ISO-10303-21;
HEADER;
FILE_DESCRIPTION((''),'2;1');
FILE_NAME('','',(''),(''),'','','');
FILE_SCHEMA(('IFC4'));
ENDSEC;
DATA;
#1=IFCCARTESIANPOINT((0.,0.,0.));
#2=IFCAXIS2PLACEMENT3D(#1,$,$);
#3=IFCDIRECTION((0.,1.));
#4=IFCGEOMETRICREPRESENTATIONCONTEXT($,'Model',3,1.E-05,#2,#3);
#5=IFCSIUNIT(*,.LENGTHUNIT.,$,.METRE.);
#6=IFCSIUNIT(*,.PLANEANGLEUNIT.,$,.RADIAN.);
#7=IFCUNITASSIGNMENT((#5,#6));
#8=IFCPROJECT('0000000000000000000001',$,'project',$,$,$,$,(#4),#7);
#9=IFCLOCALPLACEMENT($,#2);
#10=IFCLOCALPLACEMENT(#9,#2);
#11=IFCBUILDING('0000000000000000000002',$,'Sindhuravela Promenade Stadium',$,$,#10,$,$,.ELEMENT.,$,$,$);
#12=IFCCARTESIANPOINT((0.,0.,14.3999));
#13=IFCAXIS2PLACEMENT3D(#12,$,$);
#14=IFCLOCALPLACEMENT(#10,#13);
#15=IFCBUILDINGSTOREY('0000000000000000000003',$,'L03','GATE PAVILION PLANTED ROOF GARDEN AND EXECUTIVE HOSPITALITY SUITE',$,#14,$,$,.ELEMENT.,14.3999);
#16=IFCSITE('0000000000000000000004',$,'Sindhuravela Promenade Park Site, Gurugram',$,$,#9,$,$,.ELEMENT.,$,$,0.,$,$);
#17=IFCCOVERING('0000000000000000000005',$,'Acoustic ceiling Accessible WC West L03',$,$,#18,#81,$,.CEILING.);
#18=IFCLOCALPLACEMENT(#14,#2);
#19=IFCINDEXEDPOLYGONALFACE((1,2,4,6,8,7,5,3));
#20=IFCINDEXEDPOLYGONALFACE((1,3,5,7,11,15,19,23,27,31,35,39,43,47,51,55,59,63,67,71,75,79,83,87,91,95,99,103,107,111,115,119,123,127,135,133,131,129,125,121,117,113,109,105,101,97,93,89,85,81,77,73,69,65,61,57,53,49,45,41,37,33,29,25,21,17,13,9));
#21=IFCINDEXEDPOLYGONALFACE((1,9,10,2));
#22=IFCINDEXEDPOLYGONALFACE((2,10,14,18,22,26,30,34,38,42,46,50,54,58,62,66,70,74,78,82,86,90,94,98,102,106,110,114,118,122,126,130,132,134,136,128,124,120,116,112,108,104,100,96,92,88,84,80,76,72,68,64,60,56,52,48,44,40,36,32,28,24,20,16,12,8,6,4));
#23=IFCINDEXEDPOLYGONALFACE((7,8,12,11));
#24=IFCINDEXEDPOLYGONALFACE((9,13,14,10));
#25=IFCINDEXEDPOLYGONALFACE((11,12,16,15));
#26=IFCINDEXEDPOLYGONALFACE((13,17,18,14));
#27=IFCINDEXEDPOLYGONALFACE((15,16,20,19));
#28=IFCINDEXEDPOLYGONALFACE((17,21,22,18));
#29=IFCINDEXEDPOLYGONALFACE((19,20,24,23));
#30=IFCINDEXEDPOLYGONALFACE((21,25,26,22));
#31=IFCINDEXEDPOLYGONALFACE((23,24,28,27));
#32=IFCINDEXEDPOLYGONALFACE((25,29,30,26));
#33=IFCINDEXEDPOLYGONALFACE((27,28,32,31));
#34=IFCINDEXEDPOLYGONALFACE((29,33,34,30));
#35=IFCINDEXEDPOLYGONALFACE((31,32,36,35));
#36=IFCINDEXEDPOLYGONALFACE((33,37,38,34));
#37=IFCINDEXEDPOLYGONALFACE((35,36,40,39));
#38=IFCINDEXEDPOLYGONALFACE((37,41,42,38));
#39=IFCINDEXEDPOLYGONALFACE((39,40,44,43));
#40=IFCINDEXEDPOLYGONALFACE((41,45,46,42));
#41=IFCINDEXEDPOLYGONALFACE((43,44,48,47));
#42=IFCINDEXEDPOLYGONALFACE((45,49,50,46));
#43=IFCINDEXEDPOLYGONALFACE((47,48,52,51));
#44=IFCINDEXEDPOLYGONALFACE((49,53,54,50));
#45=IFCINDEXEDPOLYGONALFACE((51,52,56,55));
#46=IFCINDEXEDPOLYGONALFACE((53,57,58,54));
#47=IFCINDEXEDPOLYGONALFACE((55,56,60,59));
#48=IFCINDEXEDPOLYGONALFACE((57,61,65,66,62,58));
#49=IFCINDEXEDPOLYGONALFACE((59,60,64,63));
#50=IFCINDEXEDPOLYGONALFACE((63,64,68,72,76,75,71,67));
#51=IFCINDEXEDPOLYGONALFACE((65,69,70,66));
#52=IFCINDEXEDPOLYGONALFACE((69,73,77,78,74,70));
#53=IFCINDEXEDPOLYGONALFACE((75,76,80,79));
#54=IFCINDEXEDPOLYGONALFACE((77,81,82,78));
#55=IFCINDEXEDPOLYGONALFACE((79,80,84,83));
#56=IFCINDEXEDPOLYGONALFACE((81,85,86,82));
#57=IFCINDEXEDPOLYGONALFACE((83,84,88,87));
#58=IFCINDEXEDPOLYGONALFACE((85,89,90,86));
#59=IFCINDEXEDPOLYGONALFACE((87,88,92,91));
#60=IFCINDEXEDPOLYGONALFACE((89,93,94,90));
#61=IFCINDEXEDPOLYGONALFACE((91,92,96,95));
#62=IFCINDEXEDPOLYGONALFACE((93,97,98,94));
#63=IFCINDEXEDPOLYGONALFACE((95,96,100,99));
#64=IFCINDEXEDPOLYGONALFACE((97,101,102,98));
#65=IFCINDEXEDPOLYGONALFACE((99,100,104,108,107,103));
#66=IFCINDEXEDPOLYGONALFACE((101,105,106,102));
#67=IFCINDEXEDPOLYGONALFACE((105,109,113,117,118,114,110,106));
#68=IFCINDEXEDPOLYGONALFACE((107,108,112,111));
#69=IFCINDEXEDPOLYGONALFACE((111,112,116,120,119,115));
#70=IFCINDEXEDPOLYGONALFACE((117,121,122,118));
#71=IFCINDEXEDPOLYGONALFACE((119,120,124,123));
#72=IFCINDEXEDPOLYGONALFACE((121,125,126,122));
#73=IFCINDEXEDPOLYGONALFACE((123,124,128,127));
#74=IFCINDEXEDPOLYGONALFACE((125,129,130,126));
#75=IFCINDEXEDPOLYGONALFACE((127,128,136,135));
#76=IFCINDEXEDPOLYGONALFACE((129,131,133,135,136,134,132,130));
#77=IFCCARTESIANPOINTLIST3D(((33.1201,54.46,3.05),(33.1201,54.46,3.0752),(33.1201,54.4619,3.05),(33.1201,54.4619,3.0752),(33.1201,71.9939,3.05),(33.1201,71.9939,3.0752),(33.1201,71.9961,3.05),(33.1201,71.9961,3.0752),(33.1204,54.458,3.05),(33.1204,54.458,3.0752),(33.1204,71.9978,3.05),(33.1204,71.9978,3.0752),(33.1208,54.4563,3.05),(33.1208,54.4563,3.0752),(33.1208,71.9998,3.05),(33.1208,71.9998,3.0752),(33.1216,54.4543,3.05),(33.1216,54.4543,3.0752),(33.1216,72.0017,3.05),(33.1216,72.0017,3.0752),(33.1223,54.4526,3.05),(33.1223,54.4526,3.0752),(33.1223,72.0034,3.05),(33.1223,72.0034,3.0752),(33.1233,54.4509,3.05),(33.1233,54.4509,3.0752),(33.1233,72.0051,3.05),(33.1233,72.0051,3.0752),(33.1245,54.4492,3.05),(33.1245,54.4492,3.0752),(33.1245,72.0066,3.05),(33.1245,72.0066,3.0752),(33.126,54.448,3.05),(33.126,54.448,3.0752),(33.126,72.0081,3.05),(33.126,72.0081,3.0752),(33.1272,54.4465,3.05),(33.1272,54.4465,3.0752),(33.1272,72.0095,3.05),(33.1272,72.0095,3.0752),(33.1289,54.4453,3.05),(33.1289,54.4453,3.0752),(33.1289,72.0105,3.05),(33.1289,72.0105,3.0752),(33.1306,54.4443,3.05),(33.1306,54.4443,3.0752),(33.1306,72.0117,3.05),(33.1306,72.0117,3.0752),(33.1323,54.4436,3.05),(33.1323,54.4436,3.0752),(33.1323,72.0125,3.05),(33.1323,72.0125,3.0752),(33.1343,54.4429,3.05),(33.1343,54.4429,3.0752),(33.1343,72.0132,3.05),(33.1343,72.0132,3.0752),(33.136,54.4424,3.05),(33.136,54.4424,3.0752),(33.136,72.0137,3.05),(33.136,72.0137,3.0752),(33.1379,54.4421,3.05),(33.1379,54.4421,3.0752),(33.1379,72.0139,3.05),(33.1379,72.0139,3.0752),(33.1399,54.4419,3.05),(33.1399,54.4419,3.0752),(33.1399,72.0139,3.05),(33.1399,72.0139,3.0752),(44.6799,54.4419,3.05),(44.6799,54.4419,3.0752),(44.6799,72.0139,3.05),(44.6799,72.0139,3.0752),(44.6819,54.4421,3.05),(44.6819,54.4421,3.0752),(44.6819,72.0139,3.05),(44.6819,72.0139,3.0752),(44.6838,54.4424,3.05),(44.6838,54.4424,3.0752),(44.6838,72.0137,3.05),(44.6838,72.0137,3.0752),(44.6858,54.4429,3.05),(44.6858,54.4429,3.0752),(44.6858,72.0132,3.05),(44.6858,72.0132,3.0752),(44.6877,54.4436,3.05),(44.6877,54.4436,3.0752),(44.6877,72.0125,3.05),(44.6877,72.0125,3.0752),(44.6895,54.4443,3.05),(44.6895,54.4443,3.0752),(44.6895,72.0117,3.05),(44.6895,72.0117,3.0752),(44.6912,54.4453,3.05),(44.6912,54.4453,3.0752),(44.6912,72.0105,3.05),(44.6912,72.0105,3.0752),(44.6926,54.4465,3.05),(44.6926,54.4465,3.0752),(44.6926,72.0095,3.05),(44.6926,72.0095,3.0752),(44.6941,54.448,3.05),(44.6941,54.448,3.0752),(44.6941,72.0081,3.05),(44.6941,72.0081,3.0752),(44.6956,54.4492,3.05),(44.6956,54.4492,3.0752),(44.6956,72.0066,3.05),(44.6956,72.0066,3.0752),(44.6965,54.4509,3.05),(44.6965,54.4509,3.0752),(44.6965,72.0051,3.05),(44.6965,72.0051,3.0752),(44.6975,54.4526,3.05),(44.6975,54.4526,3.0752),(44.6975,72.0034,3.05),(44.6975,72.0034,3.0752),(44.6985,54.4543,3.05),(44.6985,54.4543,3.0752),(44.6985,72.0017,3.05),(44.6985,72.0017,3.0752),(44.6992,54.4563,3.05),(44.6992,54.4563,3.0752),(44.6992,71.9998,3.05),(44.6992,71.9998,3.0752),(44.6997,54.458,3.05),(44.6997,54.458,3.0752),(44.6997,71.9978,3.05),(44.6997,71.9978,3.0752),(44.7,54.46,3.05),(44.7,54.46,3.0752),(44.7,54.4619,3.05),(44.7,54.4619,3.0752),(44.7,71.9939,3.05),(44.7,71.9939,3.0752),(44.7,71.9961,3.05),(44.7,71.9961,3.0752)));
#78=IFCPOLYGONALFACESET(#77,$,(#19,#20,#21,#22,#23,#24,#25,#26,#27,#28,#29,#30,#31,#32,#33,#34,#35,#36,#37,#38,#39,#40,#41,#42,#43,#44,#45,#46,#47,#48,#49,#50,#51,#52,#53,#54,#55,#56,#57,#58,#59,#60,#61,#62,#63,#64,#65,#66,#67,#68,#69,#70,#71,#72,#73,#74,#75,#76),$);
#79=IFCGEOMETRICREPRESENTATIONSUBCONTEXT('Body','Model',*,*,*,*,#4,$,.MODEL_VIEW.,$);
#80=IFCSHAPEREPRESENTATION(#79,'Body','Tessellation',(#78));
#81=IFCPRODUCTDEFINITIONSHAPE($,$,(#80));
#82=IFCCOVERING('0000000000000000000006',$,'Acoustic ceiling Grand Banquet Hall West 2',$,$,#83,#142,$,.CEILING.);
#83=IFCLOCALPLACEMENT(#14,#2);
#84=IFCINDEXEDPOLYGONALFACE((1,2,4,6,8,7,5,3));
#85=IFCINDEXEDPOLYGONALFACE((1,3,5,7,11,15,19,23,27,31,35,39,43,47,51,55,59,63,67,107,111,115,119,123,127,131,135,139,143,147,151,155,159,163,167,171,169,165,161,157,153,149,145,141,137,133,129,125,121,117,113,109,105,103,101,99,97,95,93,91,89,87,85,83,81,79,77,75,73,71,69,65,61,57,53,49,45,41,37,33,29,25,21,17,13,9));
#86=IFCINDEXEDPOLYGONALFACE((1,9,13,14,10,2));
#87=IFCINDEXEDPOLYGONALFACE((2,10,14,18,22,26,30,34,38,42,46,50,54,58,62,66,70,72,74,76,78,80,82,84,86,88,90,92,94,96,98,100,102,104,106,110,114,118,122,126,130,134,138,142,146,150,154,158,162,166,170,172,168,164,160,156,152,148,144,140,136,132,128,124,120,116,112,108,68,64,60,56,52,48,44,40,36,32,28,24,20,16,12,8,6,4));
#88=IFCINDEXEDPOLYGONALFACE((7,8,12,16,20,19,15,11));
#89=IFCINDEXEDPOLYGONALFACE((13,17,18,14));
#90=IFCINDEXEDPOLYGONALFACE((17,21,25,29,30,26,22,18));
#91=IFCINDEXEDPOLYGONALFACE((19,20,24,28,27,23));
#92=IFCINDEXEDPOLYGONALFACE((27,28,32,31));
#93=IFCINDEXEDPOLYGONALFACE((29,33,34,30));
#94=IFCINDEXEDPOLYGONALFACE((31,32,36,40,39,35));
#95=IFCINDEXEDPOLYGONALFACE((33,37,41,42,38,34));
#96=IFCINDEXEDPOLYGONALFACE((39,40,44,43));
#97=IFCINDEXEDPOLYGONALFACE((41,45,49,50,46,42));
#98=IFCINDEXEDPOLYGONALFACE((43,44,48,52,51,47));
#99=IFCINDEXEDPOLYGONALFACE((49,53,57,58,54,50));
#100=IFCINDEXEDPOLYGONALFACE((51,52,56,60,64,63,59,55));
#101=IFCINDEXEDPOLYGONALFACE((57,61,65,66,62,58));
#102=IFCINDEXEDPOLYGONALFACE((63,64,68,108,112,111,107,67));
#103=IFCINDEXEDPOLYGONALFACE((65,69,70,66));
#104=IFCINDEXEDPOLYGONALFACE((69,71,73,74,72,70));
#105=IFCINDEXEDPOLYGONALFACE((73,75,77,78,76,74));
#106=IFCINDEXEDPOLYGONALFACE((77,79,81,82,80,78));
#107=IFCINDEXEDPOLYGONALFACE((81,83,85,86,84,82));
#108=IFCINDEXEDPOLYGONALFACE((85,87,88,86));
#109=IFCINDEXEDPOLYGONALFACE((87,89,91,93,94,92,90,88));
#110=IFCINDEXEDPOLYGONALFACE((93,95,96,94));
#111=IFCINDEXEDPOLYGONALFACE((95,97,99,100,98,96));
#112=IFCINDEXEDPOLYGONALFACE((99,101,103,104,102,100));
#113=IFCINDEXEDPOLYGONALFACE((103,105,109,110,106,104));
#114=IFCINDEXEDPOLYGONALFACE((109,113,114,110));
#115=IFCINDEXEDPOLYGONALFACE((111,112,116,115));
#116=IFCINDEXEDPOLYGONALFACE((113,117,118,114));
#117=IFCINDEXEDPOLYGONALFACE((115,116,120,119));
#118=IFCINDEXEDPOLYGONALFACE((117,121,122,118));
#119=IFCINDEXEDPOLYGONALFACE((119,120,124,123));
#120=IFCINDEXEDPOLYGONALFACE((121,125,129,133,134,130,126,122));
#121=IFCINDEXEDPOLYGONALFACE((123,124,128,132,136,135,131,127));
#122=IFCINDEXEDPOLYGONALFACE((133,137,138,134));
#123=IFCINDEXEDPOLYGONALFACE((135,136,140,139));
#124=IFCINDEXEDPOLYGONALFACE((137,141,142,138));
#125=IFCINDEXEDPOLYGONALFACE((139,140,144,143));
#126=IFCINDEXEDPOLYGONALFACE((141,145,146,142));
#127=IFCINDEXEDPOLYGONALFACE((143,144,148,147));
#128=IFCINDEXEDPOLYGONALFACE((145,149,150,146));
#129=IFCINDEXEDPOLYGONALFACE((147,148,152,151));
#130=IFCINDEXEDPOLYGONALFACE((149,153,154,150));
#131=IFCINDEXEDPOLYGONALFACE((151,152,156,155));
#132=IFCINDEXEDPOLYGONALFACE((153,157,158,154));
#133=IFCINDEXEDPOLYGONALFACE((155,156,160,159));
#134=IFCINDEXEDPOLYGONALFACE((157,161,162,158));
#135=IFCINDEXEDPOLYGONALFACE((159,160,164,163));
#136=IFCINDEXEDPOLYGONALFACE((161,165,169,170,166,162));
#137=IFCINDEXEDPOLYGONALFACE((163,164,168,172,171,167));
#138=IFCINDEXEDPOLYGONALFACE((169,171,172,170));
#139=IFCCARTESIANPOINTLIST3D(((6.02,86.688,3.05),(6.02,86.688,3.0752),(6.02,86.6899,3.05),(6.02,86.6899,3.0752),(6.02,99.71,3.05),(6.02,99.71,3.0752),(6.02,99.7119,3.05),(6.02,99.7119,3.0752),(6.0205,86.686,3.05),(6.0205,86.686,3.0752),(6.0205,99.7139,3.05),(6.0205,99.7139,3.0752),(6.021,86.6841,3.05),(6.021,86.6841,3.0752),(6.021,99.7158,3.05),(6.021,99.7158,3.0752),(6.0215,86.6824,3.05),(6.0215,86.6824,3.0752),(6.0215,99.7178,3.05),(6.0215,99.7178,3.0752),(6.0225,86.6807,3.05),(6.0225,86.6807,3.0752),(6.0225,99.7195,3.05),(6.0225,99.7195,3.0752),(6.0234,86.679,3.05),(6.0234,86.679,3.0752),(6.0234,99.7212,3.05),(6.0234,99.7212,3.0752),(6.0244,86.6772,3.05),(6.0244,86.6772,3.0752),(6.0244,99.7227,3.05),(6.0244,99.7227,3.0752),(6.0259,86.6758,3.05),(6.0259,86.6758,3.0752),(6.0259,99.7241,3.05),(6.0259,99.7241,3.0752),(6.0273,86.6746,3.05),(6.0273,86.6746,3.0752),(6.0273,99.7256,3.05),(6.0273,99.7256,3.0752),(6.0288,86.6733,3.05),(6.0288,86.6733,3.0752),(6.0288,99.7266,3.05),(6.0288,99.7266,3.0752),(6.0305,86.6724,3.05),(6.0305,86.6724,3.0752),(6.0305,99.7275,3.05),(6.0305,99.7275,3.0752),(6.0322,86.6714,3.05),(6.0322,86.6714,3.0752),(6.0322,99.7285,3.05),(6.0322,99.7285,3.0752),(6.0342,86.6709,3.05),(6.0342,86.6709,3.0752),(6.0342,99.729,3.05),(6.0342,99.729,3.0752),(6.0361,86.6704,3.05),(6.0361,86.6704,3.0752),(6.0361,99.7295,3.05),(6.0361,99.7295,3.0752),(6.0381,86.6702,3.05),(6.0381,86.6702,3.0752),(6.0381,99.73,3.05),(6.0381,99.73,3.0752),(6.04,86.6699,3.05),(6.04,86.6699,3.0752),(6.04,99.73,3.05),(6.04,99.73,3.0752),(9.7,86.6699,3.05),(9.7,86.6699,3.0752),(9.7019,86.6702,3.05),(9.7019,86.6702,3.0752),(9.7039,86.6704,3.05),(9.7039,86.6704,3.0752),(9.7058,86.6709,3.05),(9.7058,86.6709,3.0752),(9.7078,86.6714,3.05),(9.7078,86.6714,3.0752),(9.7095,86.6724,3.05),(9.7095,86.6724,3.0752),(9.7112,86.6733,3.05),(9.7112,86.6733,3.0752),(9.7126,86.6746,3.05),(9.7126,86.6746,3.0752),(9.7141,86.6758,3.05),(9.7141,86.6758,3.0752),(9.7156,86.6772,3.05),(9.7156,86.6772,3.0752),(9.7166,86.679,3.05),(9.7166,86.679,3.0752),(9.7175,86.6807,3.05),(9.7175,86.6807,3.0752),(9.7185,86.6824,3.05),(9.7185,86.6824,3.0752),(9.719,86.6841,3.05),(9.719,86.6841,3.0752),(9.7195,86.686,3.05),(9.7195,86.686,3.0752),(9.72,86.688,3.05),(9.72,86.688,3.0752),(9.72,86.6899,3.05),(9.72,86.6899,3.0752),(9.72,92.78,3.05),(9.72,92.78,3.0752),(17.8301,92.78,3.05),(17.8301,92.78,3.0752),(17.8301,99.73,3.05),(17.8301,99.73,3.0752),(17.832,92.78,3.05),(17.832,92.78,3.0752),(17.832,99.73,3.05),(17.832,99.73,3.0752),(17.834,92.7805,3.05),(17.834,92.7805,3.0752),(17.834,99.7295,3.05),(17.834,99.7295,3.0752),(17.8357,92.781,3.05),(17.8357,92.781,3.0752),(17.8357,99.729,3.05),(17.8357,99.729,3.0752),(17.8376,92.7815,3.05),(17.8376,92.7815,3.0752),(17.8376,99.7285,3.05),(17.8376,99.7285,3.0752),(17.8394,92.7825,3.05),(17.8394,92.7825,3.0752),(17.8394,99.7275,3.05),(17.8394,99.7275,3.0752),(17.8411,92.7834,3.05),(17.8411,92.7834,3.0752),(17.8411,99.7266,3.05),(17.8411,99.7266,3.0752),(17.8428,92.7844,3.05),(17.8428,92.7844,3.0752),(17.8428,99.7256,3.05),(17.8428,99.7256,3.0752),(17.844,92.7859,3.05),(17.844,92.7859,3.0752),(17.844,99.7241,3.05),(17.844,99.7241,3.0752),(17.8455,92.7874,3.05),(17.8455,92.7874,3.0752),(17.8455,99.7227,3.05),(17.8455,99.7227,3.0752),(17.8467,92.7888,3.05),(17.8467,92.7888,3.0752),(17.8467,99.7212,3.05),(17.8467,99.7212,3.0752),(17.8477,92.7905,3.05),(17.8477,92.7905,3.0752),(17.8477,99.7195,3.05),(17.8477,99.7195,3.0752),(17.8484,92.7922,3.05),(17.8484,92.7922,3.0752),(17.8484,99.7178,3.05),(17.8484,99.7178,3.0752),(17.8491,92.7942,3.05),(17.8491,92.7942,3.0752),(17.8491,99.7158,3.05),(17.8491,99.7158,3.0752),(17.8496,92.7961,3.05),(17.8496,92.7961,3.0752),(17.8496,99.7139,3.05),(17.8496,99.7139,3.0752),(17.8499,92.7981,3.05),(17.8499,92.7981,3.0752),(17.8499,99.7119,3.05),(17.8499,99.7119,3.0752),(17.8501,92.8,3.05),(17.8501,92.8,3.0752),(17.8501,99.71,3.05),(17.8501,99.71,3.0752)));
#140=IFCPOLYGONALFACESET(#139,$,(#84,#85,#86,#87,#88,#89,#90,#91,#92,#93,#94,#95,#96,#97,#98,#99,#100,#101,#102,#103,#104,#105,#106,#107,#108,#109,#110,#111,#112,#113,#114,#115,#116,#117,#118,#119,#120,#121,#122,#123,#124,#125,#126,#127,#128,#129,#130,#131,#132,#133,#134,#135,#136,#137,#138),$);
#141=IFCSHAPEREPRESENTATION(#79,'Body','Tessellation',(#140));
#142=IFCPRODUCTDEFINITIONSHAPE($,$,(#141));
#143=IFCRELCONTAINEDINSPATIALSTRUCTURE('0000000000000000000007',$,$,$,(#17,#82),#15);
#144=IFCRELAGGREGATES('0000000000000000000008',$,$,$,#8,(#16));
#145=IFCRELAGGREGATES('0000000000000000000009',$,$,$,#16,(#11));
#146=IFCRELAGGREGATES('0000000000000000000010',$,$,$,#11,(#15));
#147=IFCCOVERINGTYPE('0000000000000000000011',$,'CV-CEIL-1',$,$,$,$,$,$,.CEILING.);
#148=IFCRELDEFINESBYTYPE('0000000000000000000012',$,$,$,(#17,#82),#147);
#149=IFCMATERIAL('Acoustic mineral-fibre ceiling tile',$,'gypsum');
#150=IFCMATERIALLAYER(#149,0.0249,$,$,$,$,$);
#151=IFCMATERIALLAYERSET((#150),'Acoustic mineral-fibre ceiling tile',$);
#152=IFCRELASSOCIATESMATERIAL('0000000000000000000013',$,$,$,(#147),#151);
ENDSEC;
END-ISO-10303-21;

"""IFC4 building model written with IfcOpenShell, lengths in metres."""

from ifc_helpers import new_model, si_unit, direction, frame, origin, place, context, subcontext, project, spatial, polyline, outline, extrude, material, layer, layer_set, type_object, element, save


model = new_model("IFC4")

# Units and contexts
model_context = context("Model", 3, precision=1e-05, world=origin(), true_north=direction((0.0, 1.0)))
body_context = subcontext(model_context, "Body", "Model", "MODEL_VIEW")
ifc_project = project(units=[si_unit("LENGTHUNIT", "METRE"), si_unit("PLANEANGLEUNIT", "RADIAN")], contexts=[model_context])

# Site, building, storey
site_placement = place(None, origin())
site = spatial("IfcSite", under=ifc_project, at=site_placement, Name="Sindhuravela Promenade Park Site, Gurugram", CompositionType="ELEMENT", RefElevation=0.0)
building_placement = place(site_placement, origin())
building = spatial("IfcBuilding", under=site, at=building_placement, Name="Sindhuravela Promenade Stadium", CompositionType="ELEMENT")
storey_placement = place(building_placement, frame((0.0, 0.0, 14.3999)))
storey = spatial("IfcBuildingStorey", under=building, at=storey_placement, Name="L03", Description="GATE PAVILION PLANTED ROOF GARDEN AND EXECUTIVE HOSPITALITY SUITE", CompositionType="ELEMENT", Elevation=14.3999)

# Coverings
ifc_material_1 = material(Name="Acoustic mineral-fibre ceiling tile", Category="gypsum")
ifc_layer_1 = layer(ifc_material_1, 0.0249)
ifc_layer_set_1 = layer_set([ifc_layer_1], Name="Acoustic mineral-fibre ceiling tile")
covering_type_1 = type_object("IfcCoveringType", Name="CV-CEIL-1", PredefinedType="CEILING", material=ifc_layer_set_1)
covering_1_placement = place(storey_placement, frame((0.0, 0.0, 3.05)))
element("IfcCovering", 1, at=covering_1_placement, inside=storey, type_object=covering_type_1, Name="Acoustic ceiling Accessible WC West L03", PredefinedType="CEILING", context=body_context, shape_type="SweptSolid", body=[
    extrude(outline(polyline([(44.7, 54.4619), (44.7, 54.46), (44.6997, 54.458), (44.6992, 54.4563), (44.6985, 54.4543), (44.6975, 54.4526), (44.6965, 54.4509), (44.6956, 54.4492), (44.6941, 54.448), (44.6926, 54.4465), (44.6912, 54.4453), (44.6895, 54.4443), (44.6877, 54.4436), (44.6858, 54.4429), (44.6838, 54.4424), (44.6819, 54.4421), (44.6799, 54.4419), (33.1399, 54.4419), (33.1379, 54.4421), (33.136, 54.4424), (33.1343, 54.4429), (33.1323, 54.4436), (33.1306, 54.4443), (33.1289, 54.4453), (33.1272, 54.4465), (33.126, 54.448), (33.1245, 54.4492), (33.1233, 54.4509), (33.1223, 54.4526), (33.1216, 54.4543), (33.1208, 54.4563), (33.1204, 54.458), (33.1201, 54.46), (33.1201, 54.4619), (33.1201, 71.9939), (33.1201, 71.9961), (33.1204, 71.9978), (33.1208, 71.9998), (33.1216, 72.0017), (33.1223, 72.0034), (33.1233, 72.0051), (33.1245, 72.0066), (33.126, 72.0081), (33.1272, 72.0095), (33.1289, 72.0105), (33.1306, 72.0117), (33.1323, 72.0125), (33.1343, 72.0132), (33.136, 72.0137), (33.1379, 72.0139), (33.1399, 72.0139), (44.6799, 72.0139), (44.6819, 72.0139), (44.6838, 72.0137), (44.6858, 72.0132), (44.6877, 72.0125), (44.6895, 72.0117), (44.6912, 72.0105), (44.6926, 72.0095), (44.6941, 72.0081), (44.6956, 72.0066), (44.6965, 72.0051), (44.6975, 72.0034), (44.6985, 72.0017), (44.6992, 71.9998), (44.6997, 71.9978), (44.7, 71.9961), (44.7, 71.9939), (44.7, 54.4619)])), origin(), (0.0, 0.0, 1.0), 0.0251),
])
covering_2_placement = place(storey_placement, frame((0.0, 0.0, 3.05)))
element("IfcCovering", 2, at=covering_2_placement, inside=storey, type_object=covering_type_1, Name="Acoustic ceiling Grand Banquet Hall West 2", PredefinedType="CEILING", context=body_context, shape_type="SweptSolid", body=[
    extrude(outline(polyline([(6.04, 86.6699), (6.0381, 86.6702), (6.0361, 86.6704), (6.0342, 86.6709), (6.0322, 86.6714), (6.0305, 86.6724), (6.0288, 86.6733), (6.0273, 86.6746), (6.0259, 86.6758), (6.0244, 86.6772), (6.0234, 86.679), (6.0225, 86.6807), (6.0215, 86.6824), (6.021, 86.6841), (6.0205, 86.686), (6.02, 86.688), (6.02, 86.6899), (6.02, 99.71), (6.02, 99.7119), (6.0205, 99.7139), (6.021, 99.7158), (6.0215, 99.7178), (6.0225, 99.7195), (6.0234, 99.7212), (6.0244, 99.7227), (6.0259, 99.7241), (6.0273, 99.7256), (6.0288, 99.7266), (6.0305, 99.7275), (6.0322, 99.7285), (6.0342, 99.729), (6.0361, 99.7295), (6.0381, 99.73), (6.04, 99.73), (17.8301, 99.73), (17.832, 99.73), (17.834, 99.7295), (17.8357, 99.729), (17.8376, 99.7285), (17.8394, 99.7275), (17.8411, 99.7266), (17.8428, 99.7256), (17.844, 99.7241), (17.8455, 99.7227), (17.8467, 99.7212), (17.8477, 99.7195), (17.8484, 99.7178), (17.8491, 99.7158), (17.8496, 99.7139), (17.8499, 99.7119), (17.8501, 99.71), (17.8501, 92.8), (17.8499, 92.7981), (17.8496, 92.7961), (17.8491, 92.7942), (17.8484, 92.7922), (17.8477, 92.7905), (17.8467, 92.7888), (17.8455, 92.7874), (17.844, 92.7859), (17.8428, 92.7844), (17.8411, 92.7834), (17.8394, 92.7825), (17.8376, 92.7815), (17.8357, 92.781), (17.834, 92.7805), (17.832, 92.78), (17.8301, 92.78), (9.72, 92.78), (9.72, 86.6899), (9.72, 86.688), (9.7195, 86.686), (9.719, 86.6841), (9.7185, 86.6824), (9.7175, 86.6807), (9.7166, 86.679), (9.7156, 86.6772), (9.7141, 86.6758), (9.7126, 86.6746), (9.7112, 86.6733), (9.7095, 86.6724), (9.7078, 86.6714), (9.7058, 86.6709), (9.7039, 86.6704), (9.7019, 86.6702), (9.7, 86.6699), (6.04, 86.6699)])), origin(), (0.0, 0.0, 1.0), 0.0251),
])

save(model, "model.ifc")
